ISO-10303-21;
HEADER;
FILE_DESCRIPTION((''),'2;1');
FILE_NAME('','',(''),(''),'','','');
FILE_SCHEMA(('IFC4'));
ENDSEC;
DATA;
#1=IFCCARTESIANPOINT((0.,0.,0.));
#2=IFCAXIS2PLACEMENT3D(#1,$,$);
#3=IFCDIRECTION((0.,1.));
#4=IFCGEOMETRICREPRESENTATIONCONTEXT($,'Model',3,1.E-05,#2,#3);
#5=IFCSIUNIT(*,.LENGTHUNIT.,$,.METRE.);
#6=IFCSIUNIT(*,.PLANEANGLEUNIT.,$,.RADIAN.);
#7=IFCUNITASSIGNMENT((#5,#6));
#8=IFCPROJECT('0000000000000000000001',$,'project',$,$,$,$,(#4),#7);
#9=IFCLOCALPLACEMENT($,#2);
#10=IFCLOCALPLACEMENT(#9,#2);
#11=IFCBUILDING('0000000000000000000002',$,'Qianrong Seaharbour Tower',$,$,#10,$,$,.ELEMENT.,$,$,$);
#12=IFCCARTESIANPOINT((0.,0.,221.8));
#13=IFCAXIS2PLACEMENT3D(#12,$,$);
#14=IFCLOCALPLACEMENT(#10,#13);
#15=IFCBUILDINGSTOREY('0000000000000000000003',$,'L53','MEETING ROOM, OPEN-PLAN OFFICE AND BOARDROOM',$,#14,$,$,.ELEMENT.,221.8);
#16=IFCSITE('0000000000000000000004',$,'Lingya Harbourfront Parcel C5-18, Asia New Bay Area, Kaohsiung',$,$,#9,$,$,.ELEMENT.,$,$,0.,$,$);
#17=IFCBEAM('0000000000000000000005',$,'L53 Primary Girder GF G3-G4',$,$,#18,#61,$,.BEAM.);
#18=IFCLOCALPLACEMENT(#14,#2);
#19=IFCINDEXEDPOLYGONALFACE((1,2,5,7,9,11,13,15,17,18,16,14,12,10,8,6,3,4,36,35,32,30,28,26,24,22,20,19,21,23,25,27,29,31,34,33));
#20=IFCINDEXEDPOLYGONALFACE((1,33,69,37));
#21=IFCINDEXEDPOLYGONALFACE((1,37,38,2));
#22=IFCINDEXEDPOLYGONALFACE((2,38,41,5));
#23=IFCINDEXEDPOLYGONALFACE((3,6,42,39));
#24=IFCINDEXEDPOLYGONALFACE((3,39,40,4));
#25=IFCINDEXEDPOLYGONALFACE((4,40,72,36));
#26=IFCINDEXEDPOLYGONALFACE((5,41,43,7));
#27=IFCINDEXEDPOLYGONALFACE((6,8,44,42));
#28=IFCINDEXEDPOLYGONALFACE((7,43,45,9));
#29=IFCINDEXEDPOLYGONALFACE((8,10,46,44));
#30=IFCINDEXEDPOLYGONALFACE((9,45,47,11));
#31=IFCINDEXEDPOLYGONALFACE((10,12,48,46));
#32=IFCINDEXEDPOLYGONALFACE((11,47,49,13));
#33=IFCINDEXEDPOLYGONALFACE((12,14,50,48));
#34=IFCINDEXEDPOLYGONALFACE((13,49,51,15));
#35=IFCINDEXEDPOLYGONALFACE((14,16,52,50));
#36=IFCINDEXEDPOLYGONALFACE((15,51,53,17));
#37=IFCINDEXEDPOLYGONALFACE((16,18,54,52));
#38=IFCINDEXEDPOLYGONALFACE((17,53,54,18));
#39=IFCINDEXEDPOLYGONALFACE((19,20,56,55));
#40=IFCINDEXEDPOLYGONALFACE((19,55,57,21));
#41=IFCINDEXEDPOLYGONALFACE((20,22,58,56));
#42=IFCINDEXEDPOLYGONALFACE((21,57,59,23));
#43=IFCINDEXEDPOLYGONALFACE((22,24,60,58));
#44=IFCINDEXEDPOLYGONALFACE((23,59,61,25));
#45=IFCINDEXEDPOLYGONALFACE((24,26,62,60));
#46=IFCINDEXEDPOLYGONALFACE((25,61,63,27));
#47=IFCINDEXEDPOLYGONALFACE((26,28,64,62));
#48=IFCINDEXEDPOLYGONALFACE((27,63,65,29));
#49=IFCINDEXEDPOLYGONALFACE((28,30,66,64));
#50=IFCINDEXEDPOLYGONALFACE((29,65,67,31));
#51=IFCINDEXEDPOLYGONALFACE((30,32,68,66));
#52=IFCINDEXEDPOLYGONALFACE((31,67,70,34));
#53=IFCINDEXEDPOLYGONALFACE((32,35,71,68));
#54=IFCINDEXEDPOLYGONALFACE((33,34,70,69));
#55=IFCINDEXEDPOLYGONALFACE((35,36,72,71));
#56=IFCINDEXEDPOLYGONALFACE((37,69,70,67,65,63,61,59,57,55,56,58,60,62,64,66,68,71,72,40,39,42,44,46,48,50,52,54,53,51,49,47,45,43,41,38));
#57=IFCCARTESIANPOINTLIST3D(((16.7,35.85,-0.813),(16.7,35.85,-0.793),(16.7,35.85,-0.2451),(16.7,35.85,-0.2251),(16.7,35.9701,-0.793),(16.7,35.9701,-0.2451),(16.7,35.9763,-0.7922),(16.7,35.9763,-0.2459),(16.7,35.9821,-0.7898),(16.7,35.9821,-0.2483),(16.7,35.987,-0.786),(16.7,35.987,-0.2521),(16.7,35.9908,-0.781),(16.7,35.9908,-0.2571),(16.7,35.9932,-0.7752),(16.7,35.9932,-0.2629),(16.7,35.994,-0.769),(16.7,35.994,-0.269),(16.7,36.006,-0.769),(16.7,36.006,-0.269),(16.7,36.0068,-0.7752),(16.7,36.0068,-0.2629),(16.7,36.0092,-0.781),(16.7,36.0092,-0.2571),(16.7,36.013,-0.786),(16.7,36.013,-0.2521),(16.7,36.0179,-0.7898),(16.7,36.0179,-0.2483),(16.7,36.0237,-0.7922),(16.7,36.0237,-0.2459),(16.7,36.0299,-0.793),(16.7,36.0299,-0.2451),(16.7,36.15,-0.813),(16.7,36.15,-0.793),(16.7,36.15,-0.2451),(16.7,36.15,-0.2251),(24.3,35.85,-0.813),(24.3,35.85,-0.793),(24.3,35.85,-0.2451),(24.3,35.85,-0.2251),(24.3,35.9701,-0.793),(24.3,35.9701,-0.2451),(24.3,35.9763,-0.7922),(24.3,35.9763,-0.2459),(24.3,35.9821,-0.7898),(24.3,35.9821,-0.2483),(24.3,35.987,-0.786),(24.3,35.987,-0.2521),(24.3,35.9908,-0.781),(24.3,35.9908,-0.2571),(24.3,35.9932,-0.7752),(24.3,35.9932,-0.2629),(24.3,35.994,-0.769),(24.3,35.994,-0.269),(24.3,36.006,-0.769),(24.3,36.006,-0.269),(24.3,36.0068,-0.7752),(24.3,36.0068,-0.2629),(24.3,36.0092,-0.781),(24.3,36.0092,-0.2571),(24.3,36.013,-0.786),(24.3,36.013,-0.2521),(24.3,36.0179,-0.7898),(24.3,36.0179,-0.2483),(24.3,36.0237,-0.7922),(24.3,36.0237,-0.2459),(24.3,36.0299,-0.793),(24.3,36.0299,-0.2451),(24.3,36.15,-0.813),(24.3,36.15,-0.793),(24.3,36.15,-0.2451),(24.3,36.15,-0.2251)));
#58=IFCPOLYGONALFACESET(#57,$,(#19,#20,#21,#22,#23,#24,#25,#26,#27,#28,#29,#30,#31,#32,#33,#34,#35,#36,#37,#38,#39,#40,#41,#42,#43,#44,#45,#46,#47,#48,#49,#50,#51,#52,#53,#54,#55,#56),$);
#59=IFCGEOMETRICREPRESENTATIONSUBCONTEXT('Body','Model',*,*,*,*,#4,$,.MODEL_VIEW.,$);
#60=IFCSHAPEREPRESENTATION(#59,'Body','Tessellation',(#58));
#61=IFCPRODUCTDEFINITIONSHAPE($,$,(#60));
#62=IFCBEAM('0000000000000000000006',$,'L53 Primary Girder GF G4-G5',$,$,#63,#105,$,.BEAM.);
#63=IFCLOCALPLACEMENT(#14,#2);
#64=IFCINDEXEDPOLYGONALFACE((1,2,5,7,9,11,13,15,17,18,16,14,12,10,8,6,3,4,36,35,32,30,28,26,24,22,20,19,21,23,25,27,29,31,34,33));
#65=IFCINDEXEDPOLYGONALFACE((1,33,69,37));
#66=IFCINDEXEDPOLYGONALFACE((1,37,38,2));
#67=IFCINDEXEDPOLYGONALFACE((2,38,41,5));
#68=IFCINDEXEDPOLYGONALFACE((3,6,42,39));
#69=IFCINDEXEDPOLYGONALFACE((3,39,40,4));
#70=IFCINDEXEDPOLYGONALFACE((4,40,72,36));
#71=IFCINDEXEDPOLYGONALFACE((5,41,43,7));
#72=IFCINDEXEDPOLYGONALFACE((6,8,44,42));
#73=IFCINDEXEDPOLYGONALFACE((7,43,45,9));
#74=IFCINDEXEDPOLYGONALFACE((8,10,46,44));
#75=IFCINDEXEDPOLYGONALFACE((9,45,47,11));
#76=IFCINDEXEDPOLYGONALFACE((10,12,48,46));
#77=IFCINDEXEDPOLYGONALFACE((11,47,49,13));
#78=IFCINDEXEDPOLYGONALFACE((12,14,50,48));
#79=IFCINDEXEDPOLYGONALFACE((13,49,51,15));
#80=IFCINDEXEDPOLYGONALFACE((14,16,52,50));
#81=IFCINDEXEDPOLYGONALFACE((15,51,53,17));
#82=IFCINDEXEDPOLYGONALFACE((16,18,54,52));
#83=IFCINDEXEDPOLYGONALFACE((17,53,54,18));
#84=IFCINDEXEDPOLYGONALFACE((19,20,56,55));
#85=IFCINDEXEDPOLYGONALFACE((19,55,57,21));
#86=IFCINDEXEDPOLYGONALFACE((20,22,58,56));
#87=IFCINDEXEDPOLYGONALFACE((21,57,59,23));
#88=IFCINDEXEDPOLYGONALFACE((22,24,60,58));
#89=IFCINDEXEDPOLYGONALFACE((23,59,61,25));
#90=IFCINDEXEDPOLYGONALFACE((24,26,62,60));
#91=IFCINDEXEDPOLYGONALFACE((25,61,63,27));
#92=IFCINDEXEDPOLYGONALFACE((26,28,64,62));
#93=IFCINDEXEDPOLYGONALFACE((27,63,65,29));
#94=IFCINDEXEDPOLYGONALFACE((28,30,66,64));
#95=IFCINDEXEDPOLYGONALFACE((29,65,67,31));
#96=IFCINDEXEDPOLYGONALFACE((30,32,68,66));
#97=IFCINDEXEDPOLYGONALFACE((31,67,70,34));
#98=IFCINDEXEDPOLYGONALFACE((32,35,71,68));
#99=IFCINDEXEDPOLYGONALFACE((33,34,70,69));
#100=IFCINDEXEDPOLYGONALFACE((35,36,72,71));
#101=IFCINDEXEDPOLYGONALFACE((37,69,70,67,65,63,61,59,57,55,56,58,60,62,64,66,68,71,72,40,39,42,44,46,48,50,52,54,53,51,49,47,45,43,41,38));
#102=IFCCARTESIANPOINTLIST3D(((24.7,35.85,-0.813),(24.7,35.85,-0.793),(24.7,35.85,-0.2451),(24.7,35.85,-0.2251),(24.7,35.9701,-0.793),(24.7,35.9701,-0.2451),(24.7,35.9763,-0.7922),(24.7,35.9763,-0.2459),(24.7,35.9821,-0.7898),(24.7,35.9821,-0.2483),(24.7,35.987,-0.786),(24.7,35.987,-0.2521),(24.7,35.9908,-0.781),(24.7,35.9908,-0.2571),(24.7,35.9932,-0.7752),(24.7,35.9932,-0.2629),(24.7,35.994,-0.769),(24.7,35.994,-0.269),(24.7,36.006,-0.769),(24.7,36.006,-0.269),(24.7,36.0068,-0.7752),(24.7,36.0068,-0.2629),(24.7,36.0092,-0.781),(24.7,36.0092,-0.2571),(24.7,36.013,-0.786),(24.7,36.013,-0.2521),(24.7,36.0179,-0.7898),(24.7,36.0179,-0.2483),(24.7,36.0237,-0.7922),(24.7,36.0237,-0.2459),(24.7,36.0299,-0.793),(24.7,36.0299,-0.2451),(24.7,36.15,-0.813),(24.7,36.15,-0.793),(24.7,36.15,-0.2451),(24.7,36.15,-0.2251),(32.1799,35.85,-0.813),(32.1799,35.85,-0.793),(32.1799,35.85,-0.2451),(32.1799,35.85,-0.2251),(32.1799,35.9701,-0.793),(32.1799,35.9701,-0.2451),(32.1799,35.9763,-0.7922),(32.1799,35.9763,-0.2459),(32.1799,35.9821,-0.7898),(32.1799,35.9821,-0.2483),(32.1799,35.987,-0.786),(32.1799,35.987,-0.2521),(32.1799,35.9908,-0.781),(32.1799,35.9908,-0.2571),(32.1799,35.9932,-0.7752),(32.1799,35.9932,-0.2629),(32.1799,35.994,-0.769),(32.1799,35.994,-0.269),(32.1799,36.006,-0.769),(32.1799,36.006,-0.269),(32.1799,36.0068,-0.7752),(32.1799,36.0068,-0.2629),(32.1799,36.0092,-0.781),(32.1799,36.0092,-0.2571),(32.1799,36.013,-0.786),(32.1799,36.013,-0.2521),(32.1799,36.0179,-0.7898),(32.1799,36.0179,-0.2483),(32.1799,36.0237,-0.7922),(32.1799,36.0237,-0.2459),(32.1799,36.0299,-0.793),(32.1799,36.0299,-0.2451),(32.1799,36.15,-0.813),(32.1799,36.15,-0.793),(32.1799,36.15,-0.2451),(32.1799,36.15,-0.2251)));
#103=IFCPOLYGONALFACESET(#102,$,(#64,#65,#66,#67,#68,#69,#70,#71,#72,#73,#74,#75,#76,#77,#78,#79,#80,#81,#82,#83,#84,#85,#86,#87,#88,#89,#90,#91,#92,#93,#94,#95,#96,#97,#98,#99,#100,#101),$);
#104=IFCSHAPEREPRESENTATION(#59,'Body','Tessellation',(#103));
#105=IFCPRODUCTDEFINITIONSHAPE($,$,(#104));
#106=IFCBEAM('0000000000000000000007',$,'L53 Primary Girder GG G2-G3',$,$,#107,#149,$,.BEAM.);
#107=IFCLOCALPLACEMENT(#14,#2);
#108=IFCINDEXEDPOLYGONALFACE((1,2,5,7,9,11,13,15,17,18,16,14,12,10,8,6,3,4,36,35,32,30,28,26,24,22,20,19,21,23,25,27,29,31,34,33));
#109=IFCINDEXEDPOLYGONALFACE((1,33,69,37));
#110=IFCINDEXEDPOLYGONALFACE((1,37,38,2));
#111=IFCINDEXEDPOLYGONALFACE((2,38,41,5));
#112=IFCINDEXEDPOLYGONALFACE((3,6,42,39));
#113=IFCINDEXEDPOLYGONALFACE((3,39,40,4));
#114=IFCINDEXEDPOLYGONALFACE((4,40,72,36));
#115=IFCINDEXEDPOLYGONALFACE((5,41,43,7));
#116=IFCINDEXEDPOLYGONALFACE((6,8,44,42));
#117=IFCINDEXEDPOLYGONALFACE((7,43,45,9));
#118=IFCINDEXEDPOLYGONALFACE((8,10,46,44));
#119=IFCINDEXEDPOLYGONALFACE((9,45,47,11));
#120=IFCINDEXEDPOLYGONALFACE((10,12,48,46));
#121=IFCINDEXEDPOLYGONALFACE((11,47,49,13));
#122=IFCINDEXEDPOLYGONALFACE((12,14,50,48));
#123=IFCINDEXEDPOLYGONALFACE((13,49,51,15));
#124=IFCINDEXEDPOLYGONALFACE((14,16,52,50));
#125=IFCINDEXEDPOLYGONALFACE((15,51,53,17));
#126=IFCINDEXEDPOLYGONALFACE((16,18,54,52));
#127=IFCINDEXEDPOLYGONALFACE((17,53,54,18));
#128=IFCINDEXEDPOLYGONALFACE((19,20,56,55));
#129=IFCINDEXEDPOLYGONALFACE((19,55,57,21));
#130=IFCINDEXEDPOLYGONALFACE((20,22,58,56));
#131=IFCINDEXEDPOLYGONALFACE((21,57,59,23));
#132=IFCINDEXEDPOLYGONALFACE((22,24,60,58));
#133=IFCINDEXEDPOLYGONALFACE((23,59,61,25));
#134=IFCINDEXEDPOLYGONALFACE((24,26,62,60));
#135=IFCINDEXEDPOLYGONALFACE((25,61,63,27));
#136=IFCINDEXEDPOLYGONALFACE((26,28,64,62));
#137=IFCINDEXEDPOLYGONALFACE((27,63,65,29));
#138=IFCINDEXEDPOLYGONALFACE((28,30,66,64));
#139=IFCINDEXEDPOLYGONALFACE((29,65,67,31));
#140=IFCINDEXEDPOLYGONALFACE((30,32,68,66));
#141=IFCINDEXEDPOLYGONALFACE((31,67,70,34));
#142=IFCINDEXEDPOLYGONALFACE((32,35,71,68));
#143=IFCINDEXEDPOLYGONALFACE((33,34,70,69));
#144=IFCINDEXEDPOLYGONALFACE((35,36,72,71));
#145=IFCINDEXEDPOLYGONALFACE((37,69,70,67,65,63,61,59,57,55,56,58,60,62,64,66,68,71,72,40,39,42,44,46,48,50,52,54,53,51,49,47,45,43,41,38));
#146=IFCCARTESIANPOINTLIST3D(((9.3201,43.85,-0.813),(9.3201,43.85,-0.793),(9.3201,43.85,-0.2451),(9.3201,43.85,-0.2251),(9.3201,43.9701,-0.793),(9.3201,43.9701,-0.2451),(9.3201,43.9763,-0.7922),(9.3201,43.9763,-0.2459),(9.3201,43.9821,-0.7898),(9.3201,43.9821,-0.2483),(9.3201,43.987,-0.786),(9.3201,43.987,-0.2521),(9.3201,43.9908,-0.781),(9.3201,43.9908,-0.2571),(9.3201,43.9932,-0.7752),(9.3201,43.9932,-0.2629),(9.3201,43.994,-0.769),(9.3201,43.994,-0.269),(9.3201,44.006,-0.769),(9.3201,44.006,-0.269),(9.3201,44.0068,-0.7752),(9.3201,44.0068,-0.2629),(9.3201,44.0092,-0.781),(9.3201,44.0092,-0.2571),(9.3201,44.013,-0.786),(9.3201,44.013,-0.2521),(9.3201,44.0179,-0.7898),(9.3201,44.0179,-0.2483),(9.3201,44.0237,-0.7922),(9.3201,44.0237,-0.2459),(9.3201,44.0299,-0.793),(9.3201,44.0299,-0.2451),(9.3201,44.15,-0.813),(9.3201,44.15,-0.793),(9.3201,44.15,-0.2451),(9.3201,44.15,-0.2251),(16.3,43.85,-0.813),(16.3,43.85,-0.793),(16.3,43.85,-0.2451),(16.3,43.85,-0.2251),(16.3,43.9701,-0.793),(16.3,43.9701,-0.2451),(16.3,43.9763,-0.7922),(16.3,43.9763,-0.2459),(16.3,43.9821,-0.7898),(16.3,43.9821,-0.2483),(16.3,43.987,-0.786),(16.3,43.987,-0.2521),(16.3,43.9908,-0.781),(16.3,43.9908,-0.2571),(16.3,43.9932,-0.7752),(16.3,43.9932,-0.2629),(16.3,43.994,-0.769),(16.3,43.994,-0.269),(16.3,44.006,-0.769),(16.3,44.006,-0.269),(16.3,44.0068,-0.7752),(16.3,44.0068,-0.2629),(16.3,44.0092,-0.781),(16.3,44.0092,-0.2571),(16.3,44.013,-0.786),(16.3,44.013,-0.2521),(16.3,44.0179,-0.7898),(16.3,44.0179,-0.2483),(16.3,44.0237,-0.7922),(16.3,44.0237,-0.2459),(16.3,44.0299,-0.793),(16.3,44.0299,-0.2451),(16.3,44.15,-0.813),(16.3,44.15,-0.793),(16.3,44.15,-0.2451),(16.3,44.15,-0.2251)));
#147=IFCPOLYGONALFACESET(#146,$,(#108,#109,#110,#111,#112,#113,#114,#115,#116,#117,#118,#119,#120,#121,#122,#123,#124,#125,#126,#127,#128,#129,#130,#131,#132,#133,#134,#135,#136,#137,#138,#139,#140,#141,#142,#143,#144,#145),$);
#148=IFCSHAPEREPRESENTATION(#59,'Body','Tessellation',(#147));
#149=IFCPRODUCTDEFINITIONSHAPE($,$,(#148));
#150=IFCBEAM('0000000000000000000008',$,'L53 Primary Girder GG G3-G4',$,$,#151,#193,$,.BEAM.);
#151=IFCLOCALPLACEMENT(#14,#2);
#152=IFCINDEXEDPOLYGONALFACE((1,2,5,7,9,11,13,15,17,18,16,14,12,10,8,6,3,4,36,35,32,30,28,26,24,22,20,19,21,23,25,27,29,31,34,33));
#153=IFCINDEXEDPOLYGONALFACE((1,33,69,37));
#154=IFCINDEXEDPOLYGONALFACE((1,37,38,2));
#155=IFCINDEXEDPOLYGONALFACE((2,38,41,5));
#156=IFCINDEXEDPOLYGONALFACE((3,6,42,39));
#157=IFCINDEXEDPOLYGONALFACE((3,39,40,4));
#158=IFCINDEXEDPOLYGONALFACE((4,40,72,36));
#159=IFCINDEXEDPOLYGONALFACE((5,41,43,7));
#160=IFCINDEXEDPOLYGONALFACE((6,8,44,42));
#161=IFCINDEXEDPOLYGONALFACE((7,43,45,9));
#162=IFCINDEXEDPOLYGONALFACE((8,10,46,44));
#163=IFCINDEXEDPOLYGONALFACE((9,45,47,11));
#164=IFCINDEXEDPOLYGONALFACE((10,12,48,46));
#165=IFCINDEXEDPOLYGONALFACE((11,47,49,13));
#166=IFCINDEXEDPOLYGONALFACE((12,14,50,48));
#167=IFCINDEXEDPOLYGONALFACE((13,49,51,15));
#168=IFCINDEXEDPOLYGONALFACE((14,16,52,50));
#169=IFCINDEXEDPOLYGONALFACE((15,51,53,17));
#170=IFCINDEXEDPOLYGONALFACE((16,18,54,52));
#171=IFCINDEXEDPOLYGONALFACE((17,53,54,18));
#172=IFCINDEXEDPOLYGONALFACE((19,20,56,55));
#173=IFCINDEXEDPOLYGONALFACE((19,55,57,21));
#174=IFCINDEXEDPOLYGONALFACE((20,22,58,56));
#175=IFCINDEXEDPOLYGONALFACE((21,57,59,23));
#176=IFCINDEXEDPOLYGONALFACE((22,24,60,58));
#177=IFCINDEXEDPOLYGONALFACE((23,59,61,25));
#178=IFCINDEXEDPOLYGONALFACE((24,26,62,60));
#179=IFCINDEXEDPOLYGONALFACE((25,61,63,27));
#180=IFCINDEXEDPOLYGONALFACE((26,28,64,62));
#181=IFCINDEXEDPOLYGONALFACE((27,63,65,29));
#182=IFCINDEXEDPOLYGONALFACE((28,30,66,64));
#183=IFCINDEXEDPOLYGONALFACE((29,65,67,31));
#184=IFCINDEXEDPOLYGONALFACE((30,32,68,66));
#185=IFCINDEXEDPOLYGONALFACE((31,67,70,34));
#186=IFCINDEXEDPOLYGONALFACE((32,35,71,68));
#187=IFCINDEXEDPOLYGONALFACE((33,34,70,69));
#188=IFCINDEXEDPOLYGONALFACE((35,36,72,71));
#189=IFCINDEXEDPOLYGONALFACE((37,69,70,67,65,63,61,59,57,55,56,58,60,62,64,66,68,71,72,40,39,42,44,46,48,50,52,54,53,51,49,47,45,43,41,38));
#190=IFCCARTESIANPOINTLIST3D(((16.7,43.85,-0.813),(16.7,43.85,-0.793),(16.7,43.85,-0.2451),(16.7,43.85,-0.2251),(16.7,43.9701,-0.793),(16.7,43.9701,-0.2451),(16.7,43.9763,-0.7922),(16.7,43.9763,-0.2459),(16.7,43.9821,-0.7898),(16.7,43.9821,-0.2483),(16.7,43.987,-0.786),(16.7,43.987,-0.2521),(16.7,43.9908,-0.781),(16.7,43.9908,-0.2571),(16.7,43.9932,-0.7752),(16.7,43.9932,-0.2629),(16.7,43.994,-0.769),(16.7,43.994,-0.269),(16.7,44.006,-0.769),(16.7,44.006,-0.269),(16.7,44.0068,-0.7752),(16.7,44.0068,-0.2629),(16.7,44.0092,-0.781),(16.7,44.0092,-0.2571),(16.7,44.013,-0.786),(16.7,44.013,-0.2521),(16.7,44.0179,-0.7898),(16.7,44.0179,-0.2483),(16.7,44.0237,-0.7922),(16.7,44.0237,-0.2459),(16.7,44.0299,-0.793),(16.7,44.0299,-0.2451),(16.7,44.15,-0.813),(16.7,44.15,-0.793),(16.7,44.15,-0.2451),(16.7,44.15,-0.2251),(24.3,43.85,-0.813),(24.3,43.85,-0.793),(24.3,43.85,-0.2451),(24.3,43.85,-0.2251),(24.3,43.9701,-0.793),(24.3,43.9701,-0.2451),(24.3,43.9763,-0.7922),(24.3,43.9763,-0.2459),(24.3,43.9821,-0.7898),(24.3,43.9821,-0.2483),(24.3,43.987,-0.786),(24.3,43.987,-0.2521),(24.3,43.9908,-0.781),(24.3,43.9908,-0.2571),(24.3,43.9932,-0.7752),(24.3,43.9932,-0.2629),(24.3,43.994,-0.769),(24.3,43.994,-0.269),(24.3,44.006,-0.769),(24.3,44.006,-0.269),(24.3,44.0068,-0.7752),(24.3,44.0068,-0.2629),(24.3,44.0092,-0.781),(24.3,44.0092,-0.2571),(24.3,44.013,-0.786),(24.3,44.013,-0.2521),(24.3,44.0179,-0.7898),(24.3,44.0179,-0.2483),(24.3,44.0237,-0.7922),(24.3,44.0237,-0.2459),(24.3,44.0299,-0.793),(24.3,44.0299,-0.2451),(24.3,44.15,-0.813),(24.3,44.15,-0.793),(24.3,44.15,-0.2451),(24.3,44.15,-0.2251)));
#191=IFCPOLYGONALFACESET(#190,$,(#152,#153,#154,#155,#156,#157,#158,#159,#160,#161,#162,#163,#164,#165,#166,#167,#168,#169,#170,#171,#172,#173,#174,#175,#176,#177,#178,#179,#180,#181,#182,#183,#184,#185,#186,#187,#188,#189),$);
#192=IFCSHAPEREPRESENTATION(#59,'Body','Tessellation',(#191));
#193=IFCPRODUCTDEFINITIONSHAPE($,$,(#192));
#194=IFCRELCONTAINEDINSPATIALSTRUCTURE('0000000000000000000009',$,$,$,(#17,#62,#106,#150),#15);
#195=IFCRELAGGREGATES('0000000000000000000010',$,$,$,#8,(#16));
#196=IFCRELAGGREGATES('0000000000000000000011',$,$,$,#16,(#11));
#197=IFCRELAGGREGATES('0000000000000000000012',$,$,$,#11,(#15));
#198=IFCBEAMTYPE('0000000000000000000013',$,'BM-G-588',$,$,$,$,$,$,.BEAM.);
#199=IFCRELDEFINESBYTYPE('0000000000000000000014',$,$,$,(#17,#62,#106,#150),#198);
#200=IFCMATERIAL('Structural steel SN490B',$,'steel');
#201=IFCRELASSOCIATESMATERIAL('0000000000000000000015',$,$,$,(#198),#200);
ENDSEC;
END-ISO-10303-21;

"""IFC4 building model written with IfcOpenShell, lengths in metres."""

from ifc_helpers import new_model, si_unit, direction, frame, origin, origin_2d, place, context, subcontext, project, spatial, i_section, extrude, material, material_profile, profile_set, type_object, element, save


model = new_model("IFC4")

# Units and contexts
model_context = context("Model", 3, precision=1e-05, world=origin(), true_north=direction((0.0, 1.0)))
body_context = subcontext(model_context, "Body", "Model", "MODEL_VIEW")
ifc_project = project(units=[si_unit("LENGTHUNIT", "METRE"), si_unit("PLANEANGLEUNIT", "RADIAN")], contexts=[model_context])

# Site, building, storey
site_placement = place(None, origin())
site = spatial("IfcSite", under=ifc_project, at=site_placement, Name="Lingya Harbourfront Parcel C5-18, Asia New Bay Area, Kaohsiung", CompositionType="ELEMENT", RefElevation=0.0)
building_placement = place(site_placement, origin())
building = spatial("IfcBuilding", under=site, at=building_placement, Name="Qianrong Seaharbour Tower", CompositionType="ELEMENT")
storey_placement = place(building_placement, frame((0.0, 0.0, 221.8)))
storey = spatial("IfcBuildingStorey", under=building, at=storey_placement, Name="L53", Description="MEETING ROOM, OPEN-PLAN OFFICE AND BOARDROOM", CompositionType="ELEMENT", Elevation=221.8)

# Shared definitions
ifc_material_1 = material(Name="Structural steel SN490B", Category="steel")

# Beams
ifc_material_profile_1 = material_profile(ifc_material_1, i_section(OverallWidth=0.3, OverallDepth=0.5879, WebThickness=0.012, FlangeThickness=0.02, FilletRadius=0.0239, at=origin_2d()), Name="H588x300x12x20")
ifc_profile_set_1 = profile_set([ifc_material_profile_1], Name="Structural steel SN490B")
beam_type_1 = type_object("IfcBeamType", Name="BM-G-588", PredefinedType="BEAM", material=ifc_profile_set_1)
beam_1_placement = place(storey_placement, frame((16.7, 36.0, -0.519), z_axis=(1.0, 0.0, 0.0), x_axis=(0.0, 1.0, 0.0)))
element("IfcBeam", 1, at=beam_1_placement, inside=storey, type_object=beam_type_1, Name="L53 Primary Girder GF G3-G4", PredefinedType="BEAM", context=body_context, shape_type="SweptSolid", body=[
    extrude(i_section(OverallWidth=0.3, OverallDepth=0.5879, WebThickness=0.012, FlangeThickness=0.02, FilletRadius=0.0239, at=origin_2d()), origin(), (0.0, 0.0, 1.0), 7.6001),
])
beam_2_placement = place(storey_placement, frame((24.7, 36.0, -0.519), z_axis=(1.0, 0.0, 0.0), x_axis=(0.0, 1.0, 0.0)))
element("IfcBeam", 2, at=beam_2_placement, inside=storey, type_object=beam_type_1, Name="L53 Primary Girder GF G4-G5", PredefinedType="BEAM", context=body_context, shape_type="SweptSolid", body=[
    extrude(i_section(OverallWidth=0.3, OverallDepth=0.5879, WebThickness=0.012, FlangeThickness=0.02, FilletRadius=0.0239, at=origin_2d()), origin(), (0.0, 0.0, 1.0), 7.48),
])
beam_3_placement = place(storey_placement, frame((9.3201, 44.0, -0.519), z_axis=(1.0, 0.0, 0.0), x_axis=(0.0, 1.0, 0.0)))
element("IfcBeam", 3, at=beam_3_placement, inside=storey, type_object=beam_type_1, Name="L53 Primary Girder GG G2-G3", PredefinedType="BEAM", context=body_context, shape_type="SweptSolid", body=[
    extrude(i_section(OverallWidth=0.3, OverallDepth=0.5879, WebThickness=0.012, FlangeThickness=0.02, FilletRadius=0.0239, at=origin_2d()), origin(), (0.0, 0.0, 1.0), 6.98),
])
for number, where, z_axis, x_axis, name in (
    (4, (16.7, 44.0, -0.519), (1.0, 0.0, 0.0), (0.0, 1.0, 0.0), "L53 Primary Girder GG G3-G4"),
):
    element("IfcBeam", number, at=place(storey_placement, frame(where, z_axis=z_axis, x_axis=x_axis)), inside=storey, type_object=beam_type_1, Name=name, PredefinedType="BEAM", context=body_context, shape_type="SweptSolid", body=[
        extrude(i_section(OverallWidth=0.3, OverallDepth=0.5879, WebThickness=0.012, FlangeThickness=0.02, FilletRadius=0.0239, at=origin_2d()), origin(), (0.0, 0.0, 1.0), 7.6001),
    ])

save(model, "model.ifc")
